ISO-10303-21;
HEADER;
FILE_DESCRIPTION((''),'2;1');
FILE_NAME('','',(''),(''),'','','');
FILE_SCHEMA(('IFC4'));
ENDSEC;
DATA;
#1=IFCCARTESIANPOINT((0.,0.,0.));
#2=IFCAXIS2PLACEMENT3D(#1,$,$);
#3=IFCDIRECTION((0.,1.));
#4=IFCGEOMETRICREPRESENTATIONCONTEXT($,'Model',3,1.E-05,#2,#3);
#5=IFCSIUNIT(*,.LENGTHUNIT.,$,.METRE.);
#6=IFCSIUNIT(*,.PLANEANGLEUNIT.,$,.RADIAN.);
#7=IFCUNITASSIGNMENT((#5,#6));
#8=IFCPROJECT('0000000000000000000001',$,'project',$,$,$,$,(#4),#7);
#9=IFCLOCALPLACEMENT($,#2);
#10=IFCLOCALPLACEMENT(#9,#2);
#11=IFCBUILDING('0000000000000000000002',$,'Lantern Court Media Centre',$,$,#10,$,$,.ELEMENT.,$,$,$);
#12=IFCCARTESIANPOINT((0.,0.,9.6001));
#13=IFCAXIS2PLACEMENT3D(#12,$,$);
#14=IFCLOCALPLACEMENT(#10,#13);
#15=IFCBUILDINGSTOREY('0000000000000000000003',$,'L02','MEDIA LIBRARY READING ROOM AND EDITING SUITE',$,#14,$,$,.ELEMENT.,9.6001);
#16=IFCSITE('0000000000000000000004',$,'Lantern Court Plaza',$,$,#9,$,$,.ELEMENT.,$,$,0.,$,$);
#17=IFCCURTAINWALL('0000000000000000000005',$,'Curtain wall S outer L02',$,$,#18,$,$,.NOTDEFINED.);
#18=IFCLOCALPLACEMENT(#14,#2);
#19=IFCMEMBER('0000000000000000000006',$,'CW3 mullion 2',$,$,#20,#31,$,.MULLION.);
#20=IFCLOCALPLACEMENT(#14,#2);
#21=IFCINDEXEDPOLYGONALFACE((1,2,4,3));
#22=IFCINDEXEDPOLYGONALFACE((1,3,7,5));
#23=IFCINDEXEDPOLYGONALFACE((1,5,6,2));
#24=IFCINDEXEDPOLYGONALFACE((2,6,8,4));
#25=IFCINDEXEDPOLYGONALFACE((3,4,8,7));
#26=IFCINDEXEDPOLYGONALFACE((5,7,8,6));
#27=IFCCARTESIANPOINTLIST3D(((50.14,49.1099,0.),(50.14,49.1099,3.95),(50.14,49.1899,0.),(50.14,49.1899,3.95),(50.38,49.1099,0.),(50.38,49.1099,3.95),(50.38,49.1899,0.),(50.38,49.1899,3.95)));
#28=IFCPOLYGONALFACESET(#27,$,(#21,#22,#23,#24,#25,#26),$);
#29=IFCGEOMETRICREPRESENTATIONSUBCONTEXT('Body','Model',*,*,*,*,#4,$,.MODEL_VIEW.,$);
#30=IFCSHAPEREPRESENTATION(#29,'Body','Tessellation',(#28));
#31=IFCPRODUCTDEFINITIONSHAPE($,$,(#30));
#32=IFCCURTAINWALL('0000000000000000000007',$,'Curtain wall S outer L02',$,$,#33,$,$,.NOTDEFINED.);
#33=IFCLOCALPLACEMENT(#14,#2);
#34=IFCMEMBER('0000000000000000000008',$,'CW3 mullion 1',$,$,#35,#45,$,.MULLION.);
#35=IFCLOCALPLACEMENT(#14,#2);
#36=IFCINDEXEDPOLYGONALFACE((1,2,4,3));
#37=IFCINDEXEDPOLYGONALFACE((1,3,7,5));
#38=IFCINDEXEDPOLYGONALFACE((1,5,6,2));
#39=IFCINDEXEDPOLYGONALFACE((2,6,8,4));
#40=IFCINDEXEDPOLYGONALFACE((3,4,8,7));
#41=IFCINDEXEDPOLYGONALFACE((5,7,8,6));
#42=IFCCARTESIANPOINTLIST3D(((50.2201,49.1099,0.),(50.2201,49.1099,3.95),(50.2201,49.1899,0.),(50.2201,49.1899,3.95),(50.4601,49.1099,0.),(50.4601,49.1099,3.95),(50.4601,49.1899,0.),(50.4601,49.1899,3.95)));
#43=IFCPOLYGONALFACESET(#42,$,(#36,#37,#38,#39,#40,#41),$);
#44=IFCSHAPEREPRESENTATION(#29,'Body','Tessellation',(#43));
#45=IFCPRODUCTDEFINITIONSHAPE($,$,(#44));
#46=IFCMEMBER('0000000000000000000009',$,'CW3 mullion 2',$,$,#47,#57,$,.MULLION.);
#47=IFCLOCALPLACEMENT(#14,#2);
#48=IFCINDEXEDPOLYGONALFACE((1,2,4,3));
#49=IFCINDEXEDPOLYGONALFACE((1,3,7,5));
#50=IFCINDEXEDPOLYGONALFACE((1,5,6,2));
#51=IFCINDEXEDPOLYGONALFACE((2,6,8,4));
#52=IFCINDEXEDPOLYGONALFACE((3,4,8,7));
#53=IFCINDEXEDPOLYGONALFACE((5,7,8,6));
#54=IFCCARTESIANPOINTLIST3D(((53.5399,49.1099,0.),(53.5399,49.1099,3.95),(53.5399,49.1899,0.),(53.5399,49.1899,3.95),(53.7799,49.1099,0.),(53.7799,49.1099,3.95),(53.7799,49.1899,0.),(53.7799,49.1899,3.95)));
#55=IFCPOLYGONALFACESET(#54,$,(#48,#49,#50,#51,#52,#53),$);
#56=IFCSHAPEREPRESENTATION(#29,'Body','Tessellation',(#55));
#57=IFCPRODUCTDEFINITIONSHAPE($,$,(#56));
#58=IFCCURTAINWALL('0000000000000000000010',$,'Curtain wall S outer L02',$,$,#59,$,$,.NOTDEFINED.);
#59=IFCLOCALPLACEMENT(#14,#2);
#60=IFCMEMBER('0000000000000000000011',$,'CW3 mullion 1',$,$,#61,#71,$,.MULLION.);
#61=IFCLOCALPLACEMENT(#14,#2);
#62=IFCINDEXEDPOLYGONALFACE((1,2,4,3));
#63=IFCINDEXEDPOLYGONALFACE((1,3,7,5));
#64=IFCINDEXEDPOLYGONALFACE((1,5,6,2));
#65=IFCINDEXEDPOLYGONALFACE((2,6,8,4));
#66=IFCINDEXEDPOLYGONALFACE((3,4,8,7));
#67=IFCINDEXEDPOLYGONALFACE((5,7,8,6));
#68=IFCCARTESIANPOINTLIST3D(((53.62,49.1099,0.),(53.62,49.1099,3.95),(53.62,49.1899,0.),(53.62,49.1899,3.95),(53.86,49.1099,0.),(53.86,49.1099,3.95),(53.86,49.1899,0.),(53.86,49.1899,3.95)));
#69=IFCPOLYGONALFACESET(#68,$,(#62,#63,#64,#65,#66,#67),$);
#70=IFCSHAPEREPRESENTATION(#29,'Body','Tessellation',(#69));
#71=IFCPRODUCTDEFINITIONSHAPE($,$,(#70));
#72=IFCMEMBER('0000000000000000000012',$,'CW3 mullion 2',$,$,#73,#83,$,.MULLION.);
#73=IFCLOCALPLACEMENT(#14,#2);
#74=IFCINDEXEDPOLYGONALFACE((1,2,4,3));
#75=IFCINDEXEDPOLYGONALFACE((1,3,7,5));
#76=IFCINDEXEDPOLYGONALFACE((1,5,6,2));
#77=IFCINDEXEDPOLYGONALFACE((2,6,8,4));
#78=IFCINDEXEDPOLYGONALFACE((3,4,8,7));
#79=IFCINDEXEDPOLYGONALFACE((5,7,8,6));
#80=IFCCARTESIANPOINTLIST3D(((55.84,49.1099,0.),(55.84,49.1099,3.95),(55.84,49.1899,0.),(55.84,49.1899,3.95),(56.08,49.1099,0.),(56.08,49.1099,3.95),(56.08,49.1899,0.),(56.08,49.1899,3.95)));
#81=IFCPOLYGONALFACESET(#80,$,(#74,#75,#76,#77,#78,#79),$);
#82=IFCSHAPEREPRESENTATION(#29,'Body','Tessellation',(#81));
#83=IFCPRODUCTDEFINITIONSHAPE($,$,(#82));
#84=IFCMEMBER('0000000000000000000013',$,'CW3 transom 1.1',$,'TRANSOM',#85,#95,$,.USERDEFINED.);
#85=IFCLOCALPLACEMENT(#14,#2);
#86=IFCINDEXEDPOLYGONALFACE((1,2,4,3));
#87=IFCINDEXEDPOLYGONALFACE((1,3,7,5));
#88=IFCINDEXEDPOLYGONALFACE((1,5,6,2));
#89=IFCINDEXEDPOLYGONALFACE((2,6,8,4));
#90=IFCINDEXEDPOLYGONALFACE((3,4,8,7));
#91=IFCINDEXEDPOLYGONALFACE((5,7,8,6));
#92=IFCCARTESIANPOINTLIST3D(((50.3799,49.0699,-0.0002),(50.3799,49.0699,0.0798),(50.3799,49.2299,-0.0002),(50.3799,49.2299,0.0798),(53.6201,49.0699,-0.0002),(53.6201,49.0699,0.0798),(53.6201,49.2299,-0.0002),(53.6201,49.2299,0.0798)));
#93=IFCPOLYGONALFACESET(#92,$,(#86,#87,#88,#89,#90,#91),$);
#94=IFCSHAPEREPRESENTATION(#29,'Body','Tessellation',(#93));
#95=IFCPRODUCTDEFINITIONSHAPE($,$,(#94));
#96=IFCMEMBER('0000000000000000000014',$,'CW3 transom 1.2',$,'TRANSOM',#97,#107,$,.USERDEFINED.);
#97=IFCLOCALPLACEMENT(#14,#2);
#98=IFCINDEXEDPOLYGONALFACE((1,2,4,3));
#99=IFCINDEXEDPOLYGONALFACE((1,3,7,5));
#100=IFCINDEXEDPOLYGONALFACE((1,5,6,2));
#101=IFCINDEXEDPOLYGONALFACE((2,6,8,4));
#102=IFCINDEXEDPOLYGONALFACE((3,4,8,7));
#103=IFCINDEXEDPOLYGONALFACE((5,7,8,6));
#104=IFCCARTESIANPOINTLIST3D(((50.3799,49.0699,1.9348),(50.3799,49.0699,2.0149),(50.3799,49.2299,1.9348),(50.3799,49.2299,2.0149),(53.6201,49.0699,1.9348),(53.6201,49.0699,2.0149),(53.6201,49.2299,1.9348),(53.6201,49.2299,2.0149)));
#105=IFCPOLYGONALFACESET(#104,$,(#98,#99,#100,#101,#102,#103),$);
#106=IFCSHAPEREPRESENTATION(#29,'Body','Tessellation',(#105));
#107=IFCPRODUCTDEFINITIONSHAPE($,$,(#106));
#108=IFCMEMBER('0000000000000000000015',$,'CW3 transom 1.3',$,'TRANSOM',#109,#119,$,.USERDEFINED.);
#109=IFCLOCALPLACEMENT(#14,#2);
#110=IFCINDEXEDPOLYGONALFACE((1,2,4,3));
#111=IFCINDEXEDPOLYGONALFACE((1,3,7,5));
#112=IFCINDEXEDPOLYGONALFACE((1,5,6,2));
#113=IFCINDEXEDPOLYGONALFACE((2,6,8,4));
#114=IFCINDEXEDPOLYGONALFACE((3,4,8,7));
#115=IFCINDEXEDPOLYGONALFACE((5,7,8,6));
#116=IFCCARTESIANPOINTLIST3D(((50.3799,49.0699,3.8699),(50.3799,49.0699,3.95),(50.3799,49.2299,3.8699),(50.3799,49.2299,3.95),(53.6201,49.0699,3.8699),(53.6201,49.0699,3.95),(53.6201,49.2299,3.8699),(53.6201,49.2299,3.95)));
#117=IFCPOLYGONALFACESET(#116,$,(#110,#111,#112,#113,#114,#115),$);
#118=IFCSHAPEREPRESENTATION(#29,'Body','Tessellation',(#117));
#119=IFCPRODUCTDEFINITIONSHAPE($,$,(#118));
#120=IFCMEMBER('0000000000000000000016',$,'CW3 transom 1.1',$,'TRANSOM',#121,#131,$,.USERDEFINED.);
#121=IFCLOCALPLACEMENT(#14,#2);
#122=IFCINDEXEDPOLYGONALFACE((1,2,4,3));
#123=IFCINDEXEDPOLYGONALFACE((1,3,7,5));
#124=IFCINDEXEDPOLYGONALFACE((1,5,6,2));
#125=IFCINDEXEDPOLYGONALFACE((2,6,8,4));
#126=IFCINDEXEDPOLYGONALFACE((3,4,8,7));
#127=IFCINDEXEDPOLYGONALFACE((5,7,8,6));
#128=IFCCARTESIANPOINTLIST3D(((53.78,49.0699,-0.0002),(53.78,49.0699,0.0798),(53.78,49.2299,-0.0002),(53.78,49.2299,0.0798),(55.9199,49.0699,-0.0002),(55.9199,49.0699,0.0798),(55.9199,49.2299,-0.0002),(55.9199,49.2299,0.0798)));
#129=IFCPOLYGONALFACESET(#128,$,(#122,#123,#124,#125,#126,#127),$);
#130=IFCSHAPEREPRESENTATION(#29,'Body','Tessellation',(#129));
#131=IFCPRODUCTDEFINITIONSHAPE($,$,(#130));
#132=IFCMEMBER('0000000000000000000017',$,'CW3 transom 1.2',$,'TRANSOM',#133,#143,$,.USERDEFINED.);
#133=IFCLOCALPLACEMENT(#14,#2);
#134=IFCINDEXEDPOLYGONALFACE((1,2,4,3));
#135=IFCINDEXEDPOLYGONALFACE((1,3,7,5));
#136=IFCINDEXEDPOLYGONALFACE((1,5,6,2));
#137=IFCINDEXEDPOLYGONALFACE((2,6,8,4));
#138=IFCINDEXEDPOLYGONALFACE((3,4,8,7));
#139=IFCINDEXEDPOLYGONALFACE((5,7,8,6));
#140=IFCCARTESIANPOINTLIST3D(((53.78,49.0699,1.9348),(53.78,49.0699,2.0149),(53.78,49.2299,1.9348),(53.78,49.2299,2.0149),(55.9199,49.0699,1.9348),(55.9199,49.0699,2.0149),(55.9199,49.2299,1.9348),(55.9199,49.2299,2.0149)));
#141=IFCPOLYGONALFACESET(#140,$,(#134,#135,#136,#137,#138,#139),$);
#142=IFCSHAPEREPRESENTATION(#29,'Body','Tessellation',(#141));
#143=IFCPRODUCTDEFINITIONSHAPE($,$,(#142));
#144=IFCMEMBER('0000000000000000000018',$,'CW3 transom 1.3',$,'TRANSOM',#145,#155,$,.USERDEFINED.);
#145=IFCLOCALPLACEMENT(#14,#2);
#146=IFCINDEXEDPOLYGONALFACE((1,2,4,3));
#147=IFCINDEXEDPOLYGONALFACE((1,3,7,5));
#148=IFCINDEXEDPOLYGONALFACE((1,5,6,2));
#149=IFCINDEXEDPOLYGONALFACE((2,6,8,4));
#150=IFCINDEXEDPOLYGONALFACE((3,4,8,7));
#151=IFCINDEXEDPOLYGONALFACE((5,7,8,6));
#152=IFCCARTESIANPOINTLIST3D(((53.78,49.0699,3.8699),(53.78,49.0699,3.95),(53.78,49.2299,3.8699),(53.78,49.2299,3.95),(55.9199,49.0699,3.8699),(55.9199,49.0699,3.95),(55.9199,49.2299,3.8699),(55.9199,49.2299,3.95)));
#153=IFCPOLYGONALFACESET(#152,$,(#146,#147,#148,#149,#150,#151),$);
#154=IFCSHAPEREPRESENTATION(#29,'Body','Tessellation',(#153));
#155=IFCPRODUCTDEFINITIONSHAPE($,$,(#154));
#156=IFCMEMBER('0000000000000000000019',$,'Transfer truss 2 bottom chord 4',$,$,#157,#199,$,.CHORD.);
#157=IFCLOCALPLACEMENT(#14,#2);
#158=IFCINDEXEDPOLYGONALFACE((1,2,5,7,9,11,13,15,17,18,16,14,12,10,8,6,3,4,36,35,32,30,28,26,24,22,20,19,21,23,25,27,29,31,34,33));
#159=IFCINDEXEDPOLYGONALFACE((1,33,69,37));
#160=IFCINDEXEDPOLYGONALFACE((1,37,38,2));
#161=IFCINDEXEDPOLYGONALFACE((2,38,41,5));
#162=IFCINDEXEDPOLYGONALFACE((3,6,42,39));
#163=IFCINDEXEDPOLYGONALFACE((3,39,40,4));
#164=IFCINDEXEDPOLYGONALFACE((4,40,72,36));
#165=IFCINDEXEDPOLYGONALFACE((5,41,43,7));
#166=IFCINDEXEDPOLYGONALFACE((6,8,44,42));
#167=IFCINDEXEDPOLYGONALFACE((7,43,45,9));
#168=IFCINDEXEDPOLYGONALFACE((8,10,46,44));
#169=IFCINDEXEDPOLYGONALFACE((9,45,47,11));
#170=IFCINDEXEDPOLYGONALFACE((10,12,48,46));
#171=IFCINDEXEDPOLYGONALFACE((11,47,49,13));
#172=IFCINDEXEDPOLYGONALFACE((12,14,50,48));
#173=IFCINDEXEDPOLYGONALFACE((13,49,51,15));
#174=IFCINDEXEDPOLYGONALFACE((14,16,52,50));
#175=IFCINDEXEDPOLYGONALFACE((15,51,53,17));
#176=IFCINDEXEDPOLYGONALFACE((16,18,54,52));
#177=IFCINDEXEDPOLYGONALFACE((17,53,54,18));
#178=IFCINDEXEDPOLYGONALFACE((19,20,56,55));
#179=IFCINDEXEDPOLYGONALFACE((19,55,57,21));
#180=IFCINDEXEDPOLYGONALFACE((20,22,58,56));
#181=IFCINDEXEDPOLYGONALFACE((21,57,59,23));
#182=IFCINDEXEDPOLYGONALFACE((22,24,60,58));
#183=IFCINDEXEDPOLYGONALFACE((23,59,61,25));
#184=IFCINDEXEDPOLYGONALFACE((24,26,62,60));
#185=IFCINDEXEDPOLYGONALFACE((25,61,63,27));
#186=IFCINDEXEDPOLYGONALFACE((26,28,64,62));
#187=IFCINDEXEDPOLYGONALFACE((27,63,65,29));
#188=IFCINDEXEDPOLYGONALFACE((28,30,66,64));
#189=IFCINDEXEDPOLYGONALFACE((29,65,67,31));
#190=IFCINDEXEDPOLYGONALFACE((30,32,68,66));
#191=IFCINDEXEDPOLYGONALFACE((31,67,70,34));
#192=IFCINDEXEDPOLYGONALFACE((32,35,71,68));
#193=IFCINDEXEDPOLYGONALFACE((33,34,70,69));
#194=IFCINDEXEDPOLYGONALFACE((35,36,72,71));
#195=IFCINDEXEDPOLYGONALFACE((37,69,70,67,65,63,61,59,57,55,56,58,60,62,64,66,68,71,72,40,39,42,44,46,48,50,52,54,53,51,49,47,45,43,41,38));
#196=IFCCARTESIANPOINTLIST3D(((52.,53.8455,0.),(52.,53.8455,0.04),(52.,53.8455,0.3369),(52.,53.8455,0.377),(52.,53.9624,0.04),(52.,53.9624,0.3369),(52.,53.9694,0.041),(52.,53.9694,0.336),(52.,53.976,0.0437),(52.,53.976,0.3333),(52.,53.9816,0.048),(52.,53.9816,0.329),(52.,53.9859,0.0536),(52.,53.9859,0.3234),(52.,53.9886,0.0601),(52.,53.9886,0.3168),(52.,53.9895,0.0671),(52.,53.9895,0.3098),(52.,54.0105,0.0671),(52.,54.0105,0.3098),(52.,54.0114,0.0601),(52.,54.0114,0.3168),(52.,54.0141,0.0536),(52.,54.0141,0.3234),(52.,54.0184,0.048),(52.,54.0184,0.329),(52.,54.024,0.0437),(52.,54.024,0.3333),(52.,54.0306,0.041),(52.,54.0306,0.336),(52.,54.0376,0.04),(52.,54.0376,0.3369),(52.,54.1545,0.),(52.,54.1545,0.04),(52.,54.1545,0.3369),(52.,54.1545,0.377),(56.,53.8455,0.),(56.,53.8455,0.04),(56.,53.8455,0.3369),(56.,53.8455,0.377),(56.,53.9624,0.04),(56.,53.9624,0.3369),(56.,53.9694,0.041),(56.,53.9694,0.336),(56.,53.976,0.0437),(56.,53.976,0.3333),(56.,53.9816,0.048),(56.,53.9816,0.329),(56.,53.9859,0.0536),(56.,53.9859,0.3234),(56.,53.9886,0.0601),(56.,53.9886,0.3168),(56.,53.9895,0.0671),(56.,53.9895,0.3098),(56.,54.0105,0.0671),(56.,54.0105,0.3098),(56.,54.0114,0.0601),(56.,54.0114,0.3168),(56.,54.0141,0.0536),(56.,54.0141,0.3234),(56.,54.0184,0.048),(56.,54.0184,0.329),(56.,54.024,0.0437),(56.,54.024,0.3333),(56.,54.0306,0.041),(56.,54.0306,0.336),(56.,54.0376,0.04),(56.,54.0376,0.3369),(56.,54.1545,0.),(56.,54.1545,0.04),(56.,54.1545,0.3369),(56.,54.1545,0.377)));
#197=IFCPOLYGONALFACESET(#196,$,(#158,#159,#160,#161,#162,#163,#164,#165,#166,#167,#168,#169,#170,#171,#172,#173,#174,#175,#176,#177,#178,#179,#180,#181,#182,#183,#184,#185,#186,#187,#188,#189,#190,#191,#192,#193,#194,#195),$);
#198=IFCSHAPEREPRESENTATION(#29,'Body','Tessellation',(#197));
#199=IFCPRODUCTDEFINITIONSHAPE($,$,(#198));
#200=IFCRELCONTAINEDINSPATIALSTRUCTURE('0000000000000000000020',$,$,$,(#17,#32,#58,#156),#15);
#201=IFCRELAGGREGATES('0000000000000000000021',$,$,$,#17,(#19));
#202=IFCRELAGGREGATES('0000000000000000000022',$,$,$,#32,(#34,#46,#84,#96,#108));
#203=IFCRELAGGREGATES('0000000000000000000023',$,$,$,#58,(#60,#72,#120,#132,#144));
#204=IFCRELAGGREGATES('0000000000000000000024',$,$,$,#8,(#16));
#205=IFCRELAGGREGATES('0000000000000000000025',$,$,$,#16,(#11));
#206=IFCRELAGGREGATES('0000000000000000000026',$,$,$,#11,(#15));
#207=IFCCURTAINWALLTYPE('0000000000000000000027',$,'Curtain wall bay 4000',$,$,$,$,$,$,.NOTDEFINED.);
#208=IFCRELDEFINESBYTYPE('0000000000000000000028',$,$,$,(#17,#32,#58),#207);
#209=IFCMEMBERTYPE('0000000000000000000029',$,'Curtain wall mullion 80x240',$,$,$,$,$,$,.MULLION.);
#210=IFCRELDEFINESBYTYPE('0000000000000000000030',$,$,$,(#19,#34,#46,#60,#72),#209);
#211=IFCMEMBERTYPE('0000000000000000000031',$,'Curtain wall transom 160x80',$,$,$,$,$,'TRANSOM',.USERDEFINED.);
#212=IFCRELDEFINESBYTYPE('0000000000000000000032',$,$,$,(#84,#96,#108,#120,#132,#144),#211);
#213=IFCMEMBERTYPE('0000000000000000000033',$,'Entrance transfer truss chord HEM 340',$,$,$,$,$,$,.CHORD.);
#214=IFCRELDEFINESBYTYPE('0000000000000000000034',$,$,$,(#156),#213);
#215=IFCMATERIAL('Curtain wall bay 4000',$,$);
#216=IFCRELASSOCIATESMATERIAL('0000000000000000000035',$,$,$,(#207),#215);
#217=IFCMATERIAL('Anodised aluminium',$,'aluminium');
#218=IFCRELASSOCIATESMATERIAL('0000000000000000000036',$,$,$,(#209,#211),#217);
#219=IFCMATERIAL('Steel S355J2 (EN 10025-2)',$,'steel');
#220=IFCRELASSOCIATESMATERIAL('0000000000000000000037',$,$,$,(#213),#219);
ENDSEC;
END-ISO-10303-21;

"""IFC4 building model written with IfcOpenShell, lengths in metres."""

from ifc_helpers import new_model, si_unit, direction, frame, origin, origin_2d, place, context, subcontext, project, spatial, rectangle, i_section, extrude, material, material_profile, profile_set, type_object, element, aggregate, save


model = new_model("IFC4")

# Units and contexts
model_context = context("Model", 3, precision=1e-05, world=origin(), true_north=direction((0.0, 1.0)))
body_context = subcontext(model_context, "Body", "Model", "MODEL_VIEW")
ifc_project = project(units=[si_unit("LENGTHUNIT", "METRE"), si_unit("PLANEANGLEUNIT", "RADIAN")], contexts=[model_context])

# Site, building, storey
site_placement = place(None, origin())
site = spatial("IfcSite", under=ifc_project, at=site_placement, Name="Lantern Court Plaza", CompositionType="ELEMENT", RefElevation=0.0)
building_placement = place(site_placement, origin())
building = spatial("IfcBuilding", under=site, at=building_placement, Name="Lantern Court Media Centre", CompositionType="ELEMENT")
storey_placement = place(building_placement, frame((0.0, 0.0, 9.6001)))
storey = spatial("IfcBuildingStorey", under=building, at=storey_placement, Name="L02", Description="MEDIA LIBRARY READING ROOM AND EDITING SUITE", CompositionType="ELEMENT", Elevation=9.6001)

# Curtain wall, member
ifc_material_1 = material(Name="Curtain wall bay 4000")
curtain_wall_type = type_object("IfcCurtainWallType", Name="Curtain wall bay 4000", PredefinedType="NOTDEFINED", material=ifc_material_1)
curtain_wall_1_placement = place(storey_placement, origin())
curtain_wall_1 = element("IfcCurtainWall", 1, at=curtain_wall_1_placement, inside=storey, type_object=curtain_wall_type, Name="Curtain wall S outer L02", PredefinedType="NOTDEFINED")
ifc_material_2 = material(Name="Anodised aluminium", Category="aluminium")
ifc_material_profile_1 = material_profile(ifc_material_2, rectangle(XDim=0.0801, YDim=0.24, at=origin_2d()), Name="AL 80x240")
ifc_profile_set_1 = profile_set([ifc_material_profile_1], Name="Anodised aluminium")
member_type_1 = type_object("IfcMemberType", Name="Curtain wall mullion 80x240", PredefinedType="MULLION", material=ifc_profile_set_1)
member_1_placement = place(storey_placement, frame((50.26, 49.1499, 0.0), z_axis=(0.0, 0.0, 1.0), x_axis=(0.0, 1.0, 0.0)))
member_1 = element("IfcMember", 2, at=member_1_placement, type_object=member_type_1, Name="CW3 mullion 2", PredefinedType="MULLION", context=body_context, shape_type="SweptSolid", body=[
    extrude(rectangle(XDim=0.0801, YDim=0.24, at=origin_2d()), origin(), (0.0, 0.0, 1.0), 3.95),
])
aggregate(curtain_wall_1, [member_1])

# Curtain walls, members
curtain_wall_2_placement = place(storey_placement, origin())
curtain_wall_2 = element("IfcCurtainWall", 3, at=curtain_wall_2_placement, inside=storey, type_object=curtain_wall_type, Name="Curtain wall S outer L02", PredefinedType="NOTDEFINED")
member_2_placement = place(storey_placement, frame((50.3401, 49.1499, 0.0), z_axis=(0.0, 0.0, 1.0), x_axis=(0.0, 1.0, 0.0)))
member_2 = element("IfcMember", 4, at=member_2_placement, type_object=member_type_1, Name="CW3 mullion 1", PredefinedType="MULLION", context=body_context, shape_type="SweptSolid", body=[
    extrude(rectangle(XDim=0.0801, YDim=0.24, at=origin_2d()), origin(), (0.0, 0.0, 1.0), 3.95),
])
member_3_placement = place(storey_placement, frame((53.6599, 49.1499, 0.0), z_axis=(0.0, 0.0, 1.0), x_axis=(0.0, 1.0, 0.0)))
member_3 = element("IfcMember", 5, at=member_3_placement, type_object=member_type_1, Name="CW3 mullion 2", PredefinedType="MULLION", context=body_context, shape_type="SweptSolid", body=[
    extrude(rectangle(XDim=0.0801, YDim=0.24, at=origin_2d()), origin(), (0.0, 0.0, 1.0), 3.95),
])
curtain_wall_3_placement = place(storey_placement, origin())
curtain_wall_3 = element("IfcCurtainWall", 6, at=curtain_wall_3_placement, inside=storey, type_object=curtain_wall_type, Name="Curtain wall S outer L02", PredefinedType="NOTDEFINED")
member_4_placement = place(storey_placement, frame((53.74, 49.1499, 0.0), z_axis=(0.0, 0.0, 1.0), x_axis=(0.0, 1.0, 0.0)))
member_4 = element("IfcMember", 7, at=member_4_placement, type_object=member_type_1, Name="CW3 mullion 1", PredefinedType="MULLION", context=body_context, shape_type="SweptSolid", body=[
    extrude(rectangle(XDim=0.0801, YDim=0.24, at=origin_2d()), origin(), (0.0, 0.0, 1.0), 3.95),
])
member_5_placement = place(storey_placement, frame((55.96, 49.1499, 0.0), z_axis=(0.0, 0.0, 1.0), x_axis=(0.0, 1.0, 0.0)))
member_5 = element("IfcMember", 8, at=member_5_placement, type_object=member_type_1, Name="CW3 mullion 2", PredefinedType="MULLION", context=body_context, shape_type="SweptSolid", body=[
    extrude(rectangle(XDim=0.0801, YDim=0.24, at=origin_2d()), origin(), (0.0, 0.0, 1.0), 3.95),
])

# Members
ifc_material_profile_2 = material_profile(ifc_material_2, rectangle(XDim=0.1599, YDim=0.0801, at=origin_2d()), Name="AL 80x160")
ifc_profile_set_2 = profile_set([ifc_material_profile_2], Name="Anodised aluminium")
member_type_2 = type_object("IfcMemberType", Name="Curtain wall transom 160x80", ElementType="TRANSOM", PredefinedType="USERDEFINED", material=ifc_profile_set_2)
member_6_placement = place(storey_placement, frame((50.3799, 49.1499, 0.0398), z_axis=(1.0, 0.0, 0.0), x_axis=(0.0, 1.0, 0.0)))
member_6 = element("IfcMember", 9, at=member_6_placement, type_object=member_type_2, Name="CW3 transom 1.1", ObjectType="TRANSOM", PredefinedType="USERDEFINED", context=body_context, shape_type="SweptSolid", body=[
    extrude(rectangle(XDim=0.1599, YDim=0.0801, at=origin_2d()), origin(), (0.0, 0.0, 1.0), 3.2402),
])
member_7_placement = place(storey_placement, frame((50.3799, 49.1499, 1.9749), z_axis=(1.0, 0.0, 0.0), x_axis=(0.0, 1.0, 0.0)))
member_7 = element("IfcMember", 10, at=member_7_placement, type_object=member_type_2, Name="CW3 transom 1.2", ObjectType="TRANSOM", PredefinedType="USERDEFINED", context=body_context, shape_type="SweptSolid", body=[
    extrude(rectangle(XDim=0.1599, YDim=0.0801, at=origin_2d()), origin(), (0.0, 0.0, 1.0), 3.2402),
])
member_8_placement = place(storey_placement, frame((50.3799, 49.1499, 3.9099), z_axis=(1.0, 0.0, 0.0), x_axis=(0.0, 1.0, 0.0)))
member_8 = element("IfcMember", 11, at=member_8_placement, type_object=member_type_2, Name="CW3 transom 1.3", ObjectType="TRANSOM", PredefinedType="USERDEFINED", context=body_context, shape_type="SweptSolid", body=[
    extrude(rectangle(XDim=0.1599, YDim=0.0801, at=origin_2d()), origin(), (0.0, 0.0, 1.0), 3.2402),
])
member_9_placement = place(storey_placement, frame((53.78, 49.1499, 0.0398), z_axis=(1.0, 0.0, 0.0), x_axis=(0.0, 1.0, 0.0)))
member_9 = element("IfcMember", 12, at=member_9_placement, type_object=member_type_2, Name="CW3 transom 1.1", ObjectType="TRANSOM", PredefinedType="USERDEFINED", context=body_context, shape_type="SweptSolid", body=[
    extrude(rectangle(XDim=0.1599, YDim=0.0801, at=origin_2d()), origin(), (0.0, 0.0, 1.0), 2.1399),
])
member_10_placement = place(storey_placement, frame((53.78, 49.1499, 1.9749), z_axis=(1.0, 0.0, 0.0), x_axis=(0.0, 1.0, 0.0)))
member_10 = element("IfcMember", 13, at=member_10_placement, type_object=member_type_2, Name="CW3 transom 1.2", ObjectType="TRANSOM", PredefinedType="USERDEFINED", context=body_context, shape_type="SweptSolid", body=[
    extrude(rectangle(XDim=0.1599, YDim=0.0801, at=origin_2d()), origin(), (0.0, 0.0, 1.0), 2.1399),
])
member_11_placement = place(storey_placement, frame((53.78, 49.1499, 3.9099), z_axis=(1.0, 0.0, 0.0), x_axis=(0.0, 1.0, 0.0)))
member_11 = element("IfcMember", 14, at=member_11_placement, type_object=member_type_2, Name="CW3 transom 1.3", ObjectType="TRANSOM", PredefinedType="USERDEFINED", context=body_context, shape_type="SweptSolid", body=[
    extrude(rectangle(XDim=0.1599, YDim=0.0801, at=origin_2d()), origin(), (0.0, 0.0, 1.0), 2.1399),
])

# Member
ifc_material_3 = material(Name="Steel S355J2 (EN 10025-2)", Category="steel")
ifc_material_profile_3 = material_profile(ifc_material_3, i_section(OverallWidth=0.3091, OverallDepth=0.377, WebThickness=0.021, FlangeThickness=0.04, FilletRadius=0.0271, at=origin_2d()), Name="HEM 340")
ifc_profile_set_3 = profile_set([ifc_material_profile_3], Name="Steel S355J2 (EN 10025-2)")
member_type_3 = type_object("IfcMemberType", Name="Entrance transfer truss chord HEM 340", PredefinedType="CHORD", material=ifc_profile_set_3)
for number, where, z_axis, x_axis, name in (
    (15, (52.0, 54.0, 0.1885), (1.0, 0.0, 0.0), (0.0, 1.0, 0.0), "Transfer truss 2 bottom chord 4"),
):
    element("IfcMember", number, at=place(storey_placement, frame(where, z_axis=z_axis, x_axis=x_axis)), inside=storey, type_object=member_type_3, Name=name, PredefinedType="CHORD", context=body_context, shape_type="SweptSolid", body=[
        extrude(i_section(OverallWidth=0.3091, OverallDepth=0.377, WebThickness=0.021, FlangeThickness=0.04, FilletRadius=0.0271, at=origin_2d()), origin(), (0.0, 0.0, 1.0), 4.0),
    ])

aggregate(curtain_wall_2, [member_2, member_3, member_6, member_7, member_8])
aggregate(curtain_wall_3, [member_4, member_5, member_9, member_10, member_11])

save(model, "model.ifc")
